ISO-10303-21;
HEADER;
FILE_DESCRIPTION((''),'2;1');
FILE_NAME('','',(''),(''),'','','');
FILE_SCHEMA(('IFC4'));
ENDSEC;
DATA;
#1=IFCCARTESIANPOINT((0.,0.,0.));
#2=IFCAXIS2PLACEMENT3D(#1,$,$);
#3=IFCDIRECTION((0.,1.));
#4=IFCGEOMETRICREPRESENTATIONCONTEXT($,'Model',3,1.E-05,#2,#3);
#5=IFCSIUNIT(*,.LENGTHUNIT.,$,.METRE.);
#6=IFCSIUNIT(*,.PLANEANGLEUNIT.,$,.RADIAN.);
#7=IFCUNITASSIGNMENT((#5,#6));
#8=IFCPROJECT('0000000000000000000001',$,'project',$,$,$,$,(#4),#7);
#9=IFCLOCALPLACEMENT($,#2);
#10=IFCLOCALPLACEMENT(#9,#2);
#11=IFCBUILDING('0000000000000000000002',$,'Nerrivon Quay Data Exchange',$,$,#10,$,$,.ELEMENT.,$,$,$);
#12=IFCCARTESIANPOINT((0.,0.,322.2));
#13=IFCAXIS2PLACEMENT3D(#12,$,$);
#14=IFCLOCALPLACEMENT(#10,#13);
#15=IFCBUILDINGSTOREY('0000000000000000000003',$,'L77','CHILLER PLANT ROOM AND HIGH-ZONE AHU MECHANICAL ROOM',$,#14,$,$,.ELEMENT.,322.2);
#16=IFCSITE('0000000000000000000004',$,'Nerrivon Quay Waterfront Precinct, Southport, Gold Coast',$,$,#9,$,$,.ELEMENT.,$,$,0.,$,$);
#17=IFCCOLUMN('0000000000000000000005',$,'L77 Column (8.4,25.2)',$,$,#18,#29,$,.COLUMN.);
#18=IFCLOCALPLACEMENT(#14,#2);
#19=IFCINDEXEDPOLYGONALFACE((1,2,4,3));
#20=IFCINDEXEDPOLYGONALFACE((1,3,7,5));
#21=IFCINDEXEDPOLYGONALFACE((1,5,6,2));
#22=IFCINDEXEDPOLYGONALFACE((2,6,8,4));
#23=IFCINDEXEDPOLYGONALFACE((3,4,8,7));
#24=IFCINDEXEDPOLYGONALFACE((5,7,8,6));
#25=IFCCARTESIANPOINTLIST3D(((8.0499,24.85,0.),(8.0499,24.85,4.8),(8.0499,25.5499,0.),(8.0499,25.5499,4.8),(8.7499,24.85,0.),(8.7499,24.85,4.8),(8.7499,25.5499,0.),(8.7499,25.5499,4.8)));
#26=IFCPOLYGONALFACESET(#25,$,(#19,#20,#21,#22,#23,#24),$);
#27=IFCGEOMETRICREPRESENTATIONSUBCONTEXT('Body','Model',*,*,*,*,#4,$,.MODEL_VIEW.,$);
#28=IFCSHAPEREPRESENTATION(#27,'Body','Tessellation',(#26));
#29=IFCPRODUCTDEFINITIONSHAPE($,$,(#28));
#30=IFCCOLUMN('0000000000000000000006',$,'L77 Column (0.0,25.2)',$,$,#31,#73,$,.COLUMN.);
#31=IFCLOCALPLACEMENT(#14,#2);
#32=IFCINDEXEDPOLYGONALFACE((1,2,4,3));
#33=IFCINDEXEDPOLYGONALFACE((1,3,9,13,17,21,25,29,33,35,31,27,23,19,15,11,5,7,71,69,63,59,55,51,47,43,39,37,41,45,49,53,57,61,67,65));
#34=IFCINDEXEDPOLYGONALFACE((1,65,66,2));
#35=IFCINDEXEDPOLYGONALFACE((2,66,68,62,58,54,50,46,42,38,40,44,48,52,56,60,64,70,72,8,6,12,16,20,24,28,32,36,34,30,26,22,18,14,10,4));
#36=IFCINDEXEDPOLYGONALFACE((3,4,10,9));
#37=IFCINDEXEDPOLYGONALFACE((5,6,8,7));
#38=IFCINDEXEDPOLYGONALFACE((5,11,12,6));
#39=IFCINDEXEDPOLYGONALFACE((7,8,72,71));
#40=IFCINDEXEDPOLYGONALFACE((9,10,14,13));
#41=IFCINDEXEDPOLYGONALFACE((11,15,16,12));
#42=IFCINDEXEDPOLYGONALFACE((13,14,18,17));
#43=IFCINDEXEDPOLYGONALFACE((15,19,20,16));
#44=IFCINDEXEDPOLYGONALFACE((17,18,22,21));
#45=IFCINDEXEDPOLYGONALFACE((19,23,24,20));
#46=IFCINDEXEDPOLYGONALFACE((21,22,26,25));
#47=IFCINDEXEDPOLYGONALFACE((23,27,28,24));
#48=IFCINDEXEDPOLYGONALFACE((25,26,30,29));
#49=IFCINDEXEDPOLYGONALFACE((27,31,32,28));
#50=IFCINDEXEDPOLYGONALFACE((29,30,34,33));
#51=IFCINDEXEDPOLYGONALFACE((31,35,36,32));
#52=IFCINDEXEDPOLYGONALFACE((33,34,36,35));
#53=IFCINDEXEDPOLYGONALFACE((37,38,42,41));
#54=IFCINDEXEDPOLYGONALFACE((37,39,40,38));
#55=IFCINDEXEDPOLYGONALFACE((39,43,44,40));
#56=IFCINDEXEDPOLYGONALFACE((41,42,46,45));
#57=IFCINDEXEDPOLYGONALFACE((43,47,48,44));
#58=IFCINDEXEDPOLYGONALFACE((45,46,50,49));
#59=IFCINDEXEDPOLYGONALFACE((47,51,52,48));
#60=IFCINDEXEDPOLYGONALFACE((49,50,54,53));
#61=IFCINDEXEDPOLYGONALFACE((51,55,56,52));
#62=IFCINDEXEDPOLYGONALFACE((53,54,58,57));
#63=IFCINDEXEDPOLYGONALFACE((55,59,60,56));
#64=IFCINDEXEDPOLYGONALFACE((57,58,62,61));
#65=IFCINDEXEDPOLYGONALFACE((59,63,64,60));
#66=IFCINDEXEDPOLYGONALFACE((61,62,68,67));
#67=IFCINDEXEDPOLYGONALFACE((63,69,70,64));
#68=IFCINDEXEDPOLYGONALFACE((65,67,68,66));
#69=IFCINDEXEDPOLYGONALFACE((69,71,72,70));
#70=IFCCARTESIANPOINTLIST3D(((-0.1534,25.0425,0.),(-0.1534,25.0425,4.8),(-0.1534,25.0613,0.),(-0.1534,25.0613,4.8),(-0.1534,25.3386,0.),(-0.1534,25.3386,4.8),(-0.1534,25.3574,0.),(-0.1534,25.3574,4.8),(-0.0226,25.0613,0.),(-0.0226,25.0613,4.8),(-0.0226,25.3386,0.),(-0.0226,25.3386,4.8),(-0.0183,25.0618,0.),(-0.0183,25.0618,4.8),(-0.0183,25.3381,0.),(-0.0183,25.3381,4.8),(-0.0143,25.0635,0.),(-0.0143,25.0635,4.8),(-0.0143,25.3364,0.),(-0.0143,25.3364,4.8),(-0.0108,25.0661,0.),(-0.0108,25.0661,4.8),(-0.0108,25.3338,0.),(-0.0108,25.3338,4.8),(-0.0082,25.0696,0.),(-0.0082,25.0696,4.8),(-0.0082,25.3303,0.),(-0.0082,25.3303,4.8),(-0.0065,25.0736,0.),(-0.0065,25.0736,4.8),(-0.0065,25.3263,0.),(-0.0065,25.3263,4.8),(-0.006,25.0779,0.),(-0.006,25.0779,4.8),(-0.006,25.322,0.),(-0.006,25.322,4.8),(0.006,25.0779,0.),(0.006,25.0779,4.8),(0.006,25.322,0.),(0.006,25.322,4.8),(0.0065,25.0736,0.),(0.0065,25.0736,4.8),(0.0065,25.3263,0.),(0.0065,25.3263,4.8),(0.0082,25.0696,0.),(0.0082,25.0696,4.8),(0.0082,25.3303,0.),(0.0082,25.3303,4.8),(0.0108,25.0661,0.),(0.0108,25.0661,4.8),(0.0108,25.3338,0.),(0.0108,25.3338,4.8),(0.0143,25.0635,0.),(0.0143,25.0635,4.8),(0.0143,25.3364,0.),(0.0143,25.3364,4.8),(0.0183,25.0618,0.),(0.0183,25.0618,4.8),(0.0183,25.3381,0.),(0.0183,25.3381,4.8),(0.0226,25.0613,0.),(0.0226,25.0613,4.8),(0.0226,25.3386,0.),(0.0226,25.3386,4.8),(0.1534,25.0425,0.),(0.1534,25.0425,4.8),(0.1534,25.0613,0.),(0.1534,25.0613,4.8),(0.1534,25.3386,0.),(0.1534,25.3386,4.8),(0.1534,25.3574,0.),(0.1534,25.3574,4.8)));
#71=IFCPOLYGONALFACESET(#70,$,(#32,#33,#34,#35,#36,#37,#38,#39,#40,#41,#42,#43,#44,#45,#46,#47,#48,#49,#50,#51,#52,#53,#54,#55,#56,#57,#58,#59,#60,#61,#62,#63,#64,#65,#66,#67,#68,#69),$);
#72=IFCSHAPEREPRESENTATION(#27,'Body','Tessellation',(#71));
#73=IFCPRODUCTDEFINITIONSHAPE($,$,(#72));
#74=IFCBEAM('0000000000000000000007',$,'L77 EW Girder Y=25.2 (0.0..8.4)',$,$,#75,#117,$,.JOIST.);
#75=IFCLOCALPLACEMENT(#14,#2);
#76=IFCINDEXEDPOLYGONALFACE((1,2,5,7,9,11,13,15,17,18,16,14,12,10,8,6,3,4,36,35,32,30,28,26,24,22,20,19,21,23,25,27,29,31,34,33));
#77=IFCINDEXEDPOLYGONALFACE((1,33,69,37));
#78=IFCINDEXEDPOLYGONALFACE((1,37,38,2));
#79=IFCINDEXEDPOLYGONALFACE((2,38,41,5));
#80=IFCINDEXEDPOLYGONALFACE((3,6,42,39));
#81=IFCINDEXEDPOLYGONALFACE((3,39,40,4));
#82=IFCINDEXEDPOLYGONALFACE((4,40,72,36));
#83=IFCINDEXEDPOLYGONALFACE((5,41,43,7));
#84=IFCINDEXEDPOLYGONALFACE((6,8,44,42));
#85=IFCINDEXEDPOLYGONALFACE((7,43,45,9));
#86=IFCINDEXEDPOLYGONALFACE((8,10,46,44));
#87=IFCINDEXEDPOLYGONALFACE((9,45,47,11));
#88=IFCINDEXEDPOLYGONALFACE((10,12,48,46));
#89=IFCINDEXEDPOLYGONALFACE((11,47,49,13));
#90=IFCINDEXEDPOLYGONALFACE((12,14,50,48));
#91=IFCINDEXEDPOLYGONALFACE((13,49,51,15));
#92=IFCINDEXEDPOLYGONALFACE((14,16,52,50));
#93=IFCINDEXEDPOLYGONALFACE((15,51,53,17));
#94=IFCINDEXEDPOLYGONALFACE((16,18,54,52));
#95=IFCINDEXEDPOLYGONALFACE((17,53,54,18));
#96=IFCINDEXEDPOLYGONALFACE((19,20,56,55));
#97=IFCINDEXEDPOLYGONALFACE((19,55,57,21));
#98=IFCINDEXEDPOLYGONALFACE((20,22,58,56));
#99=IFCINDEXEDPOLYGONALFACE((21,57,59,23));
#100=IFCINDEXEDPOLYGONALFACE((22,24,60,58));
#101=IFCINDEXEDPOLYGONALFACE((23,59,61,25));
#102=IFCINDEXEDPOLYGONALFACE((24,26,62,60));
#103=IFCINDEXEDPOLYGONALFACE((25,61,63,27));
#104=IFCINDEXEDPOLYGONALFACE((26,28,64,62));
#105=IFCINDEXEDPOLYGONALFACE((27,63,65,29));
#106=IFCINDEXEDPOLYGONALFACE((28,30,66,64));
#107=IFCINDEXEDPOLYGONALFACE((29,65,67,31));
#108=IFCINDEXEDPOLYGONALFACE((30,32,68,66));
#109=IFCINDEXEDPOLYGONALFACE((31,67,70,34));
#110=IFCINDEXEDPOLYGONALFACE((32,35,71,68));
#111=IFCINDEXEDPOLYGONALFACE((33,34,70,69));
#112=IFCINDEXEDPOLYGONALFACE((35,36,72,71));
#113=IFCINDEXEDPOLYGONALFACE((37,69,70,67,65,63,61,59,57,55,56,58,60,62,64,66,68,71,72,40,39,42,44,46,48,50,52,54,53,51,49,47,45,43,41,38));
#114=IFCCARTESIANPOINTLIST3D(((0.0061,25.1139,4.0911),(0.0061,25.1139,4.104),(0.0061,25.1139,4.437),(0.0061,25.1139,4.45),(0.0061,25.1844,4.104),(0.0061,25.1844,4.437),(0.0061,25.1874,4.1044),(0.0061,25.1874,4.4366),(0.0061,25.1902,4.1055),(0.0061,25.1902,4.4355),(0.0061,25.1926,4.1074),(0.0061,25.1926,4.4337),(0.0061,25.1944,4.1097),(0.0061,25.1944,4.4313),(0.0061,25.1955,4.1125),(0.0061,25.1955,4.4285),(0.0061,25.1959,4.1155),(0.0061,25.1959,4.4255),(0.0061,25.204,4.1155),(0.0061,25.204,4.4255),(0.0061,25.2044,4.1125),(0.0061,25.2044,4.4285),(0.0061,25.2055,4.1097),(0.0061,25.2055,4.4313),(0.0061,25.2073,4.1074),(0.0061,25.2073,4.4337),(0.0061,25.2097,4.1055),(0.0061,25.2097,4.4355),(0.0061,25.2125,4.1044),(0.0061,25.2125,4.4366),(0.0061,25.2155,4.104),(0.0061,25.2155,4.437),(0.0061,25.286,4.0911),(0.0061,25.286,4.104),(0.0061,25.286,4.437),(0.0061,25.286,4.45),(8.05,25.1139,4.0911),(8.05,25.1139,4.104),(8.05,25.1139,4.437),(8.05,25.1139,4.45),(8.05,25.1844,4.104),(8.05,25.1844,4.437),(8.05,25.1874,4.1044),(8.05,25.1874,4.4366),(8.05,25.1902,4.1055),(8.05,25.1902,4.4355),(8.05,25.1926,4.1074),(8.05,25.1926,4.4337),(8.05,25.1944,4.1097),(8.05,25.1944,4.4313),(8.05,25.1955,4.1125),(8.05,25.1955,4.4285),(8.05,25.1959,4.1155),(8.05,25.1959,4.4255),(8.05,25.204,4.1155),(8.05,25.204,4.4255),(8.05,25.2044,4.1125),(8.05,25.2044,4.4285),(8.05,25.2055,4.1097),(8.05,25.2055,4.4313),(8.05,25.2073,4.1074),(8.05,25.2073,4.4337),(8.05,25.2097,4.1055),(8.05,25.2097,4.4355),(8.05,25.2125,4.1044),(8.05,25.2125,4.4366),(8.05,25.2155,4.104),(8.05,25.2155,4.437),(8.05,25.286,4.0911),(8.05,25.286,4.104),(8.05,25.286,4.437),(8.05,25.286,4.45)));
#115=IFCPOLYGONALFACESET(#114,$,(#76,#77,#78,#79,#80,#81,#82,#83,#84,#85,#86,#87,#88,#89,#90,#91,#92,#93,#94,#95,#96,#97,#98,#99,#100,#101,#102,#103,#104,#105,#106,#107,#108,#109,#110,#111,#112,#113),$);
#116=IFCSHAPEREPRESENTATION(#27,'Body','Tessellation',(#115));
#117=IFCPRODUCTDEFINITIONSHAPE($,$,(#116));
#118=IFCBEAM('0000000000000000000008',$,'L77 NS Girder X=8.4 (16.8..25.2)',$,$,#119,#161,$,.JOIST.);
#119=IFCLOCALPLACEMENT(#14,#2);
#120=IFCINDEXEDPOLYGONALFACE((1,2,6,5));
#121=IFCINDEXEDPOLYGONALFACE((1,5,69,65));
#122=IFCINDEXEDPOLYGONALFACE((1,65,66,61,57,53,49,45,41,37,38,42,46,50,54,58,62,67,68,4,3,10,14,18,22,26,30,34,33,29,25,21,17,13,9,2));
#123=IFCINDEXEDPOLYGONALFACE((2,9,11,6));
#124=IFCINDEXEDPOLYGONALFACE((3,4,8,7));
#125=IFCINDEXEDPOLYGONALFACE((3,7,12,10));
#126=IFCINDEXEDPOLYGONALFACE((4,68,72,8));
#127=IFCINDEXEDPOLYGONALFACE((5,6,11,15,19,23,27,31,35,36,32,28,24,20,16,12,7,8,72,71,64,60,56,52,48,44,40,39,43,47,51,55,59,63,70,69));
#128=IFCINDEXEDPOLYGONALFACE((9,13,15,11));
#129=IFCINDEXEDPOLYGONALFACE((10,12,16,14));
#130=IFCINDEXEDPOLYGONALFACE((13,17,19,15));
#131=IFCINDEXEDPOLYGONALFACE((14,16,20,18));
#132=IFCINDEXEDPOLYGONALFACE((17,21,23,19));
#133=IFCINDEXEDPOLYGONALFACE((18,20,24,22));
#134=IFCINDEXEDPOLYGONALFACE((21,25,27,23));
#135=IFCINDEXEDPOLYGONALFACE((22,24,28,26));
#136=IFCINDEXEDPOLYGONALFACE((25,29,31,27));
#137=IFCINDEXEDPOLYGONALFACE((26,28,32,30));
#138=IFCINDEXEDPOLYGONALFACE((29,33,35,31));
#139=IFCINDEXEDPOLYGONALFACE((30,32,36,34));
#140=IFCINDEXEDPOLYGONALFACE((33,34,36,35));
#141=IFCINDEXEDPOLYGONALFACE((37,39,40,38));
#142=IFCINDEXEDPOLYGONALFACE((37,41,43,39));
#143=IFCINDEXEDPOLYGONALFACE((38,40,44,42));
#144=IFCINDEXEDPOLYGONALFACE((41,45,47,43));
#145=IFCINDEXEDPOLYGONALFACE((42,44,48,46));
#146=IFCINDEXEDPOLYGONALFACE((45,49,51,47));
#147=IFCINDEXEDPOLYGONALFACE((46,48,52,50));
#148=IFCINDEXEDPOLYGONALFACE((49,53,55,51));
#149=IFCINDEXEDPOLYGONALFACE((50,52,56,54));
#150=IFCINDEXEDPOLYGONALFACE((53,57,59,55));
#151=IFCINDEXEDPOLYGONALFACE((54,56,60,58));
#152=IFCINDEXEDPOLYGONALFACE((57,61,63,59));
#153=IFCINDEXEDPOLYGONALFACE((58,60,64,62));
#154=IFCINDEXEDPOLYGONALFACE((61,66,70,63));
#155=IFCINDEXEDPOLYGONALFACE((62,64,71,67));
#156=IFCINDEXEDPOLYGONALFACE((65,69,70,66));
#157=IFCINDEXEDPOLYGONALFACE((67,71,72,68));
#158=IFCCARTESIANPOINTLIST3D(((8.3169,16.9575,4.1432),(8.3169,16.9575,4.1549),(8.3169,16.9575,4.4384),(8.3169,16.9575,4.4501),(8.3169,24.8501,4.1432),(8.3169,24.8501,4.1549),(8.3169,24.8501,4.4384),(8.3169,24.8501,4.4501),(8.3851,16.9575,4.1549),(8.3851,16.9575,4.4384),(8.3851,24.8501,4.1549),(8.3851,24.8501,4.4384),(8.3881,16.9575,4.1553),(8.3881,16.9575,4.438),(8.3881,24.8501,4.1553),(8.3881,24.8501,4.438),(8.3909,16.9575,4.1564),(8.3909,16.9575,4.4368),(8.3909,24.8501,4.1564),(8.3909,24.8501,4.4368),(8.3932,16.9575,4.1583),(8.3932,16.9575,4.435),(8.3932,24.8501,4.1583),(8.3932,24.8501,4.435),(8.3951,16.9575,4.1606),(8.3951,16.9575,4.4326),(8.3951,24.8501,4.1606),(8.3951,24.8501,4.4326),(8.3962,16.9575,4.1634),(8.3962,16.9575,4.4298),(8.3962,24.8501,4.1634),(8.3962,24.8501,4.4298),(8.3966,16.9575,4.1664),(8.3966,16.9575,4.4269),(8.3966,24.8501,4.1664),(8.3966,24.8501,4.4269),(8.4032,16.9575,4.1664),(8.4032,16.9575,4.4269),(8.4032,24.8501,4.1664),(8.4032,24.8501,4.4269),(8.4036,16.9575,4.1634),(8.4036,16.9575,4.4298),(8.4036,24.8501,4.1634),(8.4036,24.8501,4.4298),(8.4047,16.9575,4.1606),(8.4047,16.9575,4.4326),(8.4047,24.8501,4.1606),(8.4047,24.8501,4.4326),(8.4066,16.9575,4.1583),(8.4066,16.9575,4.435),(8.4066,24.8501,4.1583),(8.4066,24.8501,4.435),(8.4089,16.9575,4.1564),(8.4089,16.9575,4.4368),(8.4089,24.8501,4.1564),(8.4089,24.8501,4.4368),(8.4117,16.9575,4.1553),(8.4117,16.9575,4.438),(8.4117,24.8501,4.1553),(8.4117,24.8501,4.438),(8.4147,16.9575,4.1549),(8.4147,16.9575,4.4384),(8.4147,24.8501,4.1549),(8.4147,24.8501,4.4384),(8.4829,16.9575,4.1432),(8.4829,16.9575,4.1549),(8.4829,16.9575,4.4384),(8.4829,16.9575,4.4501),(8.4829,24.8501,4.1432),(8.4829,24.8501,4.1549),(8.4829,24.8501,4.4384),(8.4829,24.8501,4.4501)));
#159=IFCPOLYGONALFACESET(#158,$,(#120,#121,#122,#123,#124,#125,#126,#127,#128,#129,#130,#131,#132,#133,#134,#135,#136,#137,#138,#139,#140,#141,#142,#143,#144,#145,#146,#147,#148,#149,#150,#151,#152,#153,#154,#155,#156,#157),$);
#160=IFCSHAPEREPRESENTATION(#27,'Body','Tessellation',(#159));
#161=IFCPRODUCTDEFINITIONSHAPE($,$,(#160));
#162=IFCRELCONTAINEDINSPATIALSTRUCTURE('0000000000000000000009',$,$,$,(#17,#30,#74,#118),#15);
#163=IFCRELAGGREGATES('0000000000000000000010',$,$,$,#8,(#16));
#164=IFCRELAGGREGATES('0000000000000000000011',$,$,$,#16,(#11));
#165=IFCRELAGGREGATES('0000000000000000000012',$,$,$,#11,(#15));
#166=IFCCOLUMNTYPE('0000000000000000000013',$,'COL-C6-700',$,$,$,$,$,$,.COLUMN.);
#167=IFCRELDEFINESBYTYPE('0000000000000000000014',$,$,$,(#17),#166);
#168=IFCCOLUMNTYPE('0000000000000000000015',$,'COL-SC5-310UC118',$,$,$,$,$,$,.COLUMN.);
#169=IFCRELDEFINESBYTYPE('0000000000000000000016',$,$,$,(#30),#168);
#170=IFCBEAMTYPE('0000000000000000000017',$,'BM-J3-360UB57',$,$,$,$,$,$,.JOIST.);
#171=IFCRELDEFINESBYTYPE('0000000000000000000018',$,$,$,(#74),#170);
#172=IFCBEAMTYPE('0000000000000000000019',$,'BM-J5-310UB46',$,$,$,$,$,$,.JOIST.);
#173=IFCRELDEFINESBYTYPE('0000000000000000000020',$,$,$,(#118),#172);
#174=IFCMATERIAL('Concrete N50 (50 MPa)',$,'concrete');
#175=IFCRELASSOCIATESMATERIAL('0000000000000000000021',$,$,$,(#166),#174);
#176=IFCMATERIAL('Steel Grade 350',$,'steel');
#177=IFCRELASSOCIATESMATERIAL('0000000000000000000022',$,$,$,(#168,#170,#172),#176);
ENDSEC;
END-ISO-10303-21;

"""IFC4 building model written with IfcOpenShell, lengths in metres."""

from ifc_helpers import new_model, si_unit, direction, frame, origin, origin_2d, place, context, subcontext, project, spatial, rectangle, i_section, extrude, material, material_profile, profile_set, type_object, element, save


model = new_model("IFC4")

# Units and contexts
model_context = context("Model", 3, precision=1e-05, world=origin(), true_north=direction((0.0, 1.0)))
body_context = subcontext(model_context, "Body", "Model", "MODEL_VIEW")
ifc_project = project(units=[si_unit("LENGTHUNIT", "METRE"), si_unit("PLANEANGLEUNIT", "RADIAN")], contexts=[model_context])

# Site, building, storey
site_placement = place(None, origin())
site = spatial("IfcSite", under=ifc_project, at=site_placement, Name="Nerrivon Quay Waterfront Precinct, Southport, Gold Coast", CompositionType="ELEMENT", RefElevation=0.0)
building_placement = place(site_placement, origin())
building = spatial("IfcBuilding", under=site, at=building_placement, Name="Nerrivon Quay Data Exchange", CompositionType="ELEMENT")
storey_placement = place(building_placement, frame((0.0, 0.0, 322.2)))
storey = spatial("IfcBuildingStorey", under=building, at=storey_placement, Name="L77", Description="CHILLER PLANT ROOM AND HIGH-ZONE AHU MECHANICAL ROOM", CompositionType="ELEMENT", Elevation=322.2)

# Columns
ifc_material_1 = material(Name="Concrete N50 (50 MPa)", Category="concrete")
ifc_material_profile_1 = material_profile(ifc_material_1, rectangle(XDim=0.7, YDim=0.7, at=origin_2d()), Name="RC-COL-700x700")
ifc_profile_set_1 = profile_set([ifc_material_profile_1], Name="Concrete N50 (50 MPa)")
column_type_1 = type_object("IfcColumnType", Name="COL-C6-700", PredefinedType="COLUMN", material=ifc_profile_set_1)
column_1_placement = place(storey_placement, frame((8.3999, 25.2, 0.0), z_axis=(0.0, 0.0, 1.0), x_axis=(1.0, 0.0, 0.0)))
element("IfcColumn", 1, at=column_1_placement, inside=storey, type_object=column_type_1, Name="L77 Column (8.4,25.2)", PredefinedType="COLUMN", context=body_context, shape_type="SweptSolid", body=[
    extrude(rectangle(XDim=0.7, YDim=0.7, at=origin_2d()), origin(), (0.0, 0.0, 1.0), 4.8),
])
ifc_material_2 = material(Name="Steel Grade 350", Category="steel")
ifc_material_profile_2 = material_profile(ifc_material_2, i_section(OverallWidth=0.3069, OverallDepth=0.3149, WebThickness=0.012, FlangeThickness=0.0188, FilletRadius=0.0166, at=origin_2d()), Name="310UC118")
ifc_profile_set_2 = profile_set([ifc_material_profile_2], Name="Steel Grade 350")
column_type_2 = type_object("IfcColumnType", Name="COL-SC5-310UC118", PredefinedType="COLUMN", material=ifc_profile_set_2)
column_2_placement = place(storey_placement, frame((0.0, 25.2, 0.0), z_axis=(0.0, 0.0, 1.0), x_axis=(1.0, 0.0, 0.0)))
element("IfcColumn", 2, at=column_2_placement, inside=storey, type_object=column_type_2, Name="L77 Column (0.0,25.2)", PredefinedType="COLUMN", context=body_context, shape_type="SweptSolid", body=[
    extrude(i_section(OverallWidth=0.3069, OverallDepth=0.3149, WebThickness=0.012, FlangeThickness=0.0188, FilletRadius=0.0166, at=origin_2d()), origin(), (0.0, 0.0, 1.0), 4.8),
])

# Beams
ifc_material_profile_3 = material_profile(ifc_material_2, i_section(OverallWidth=0.1721, OverallDepth=0.3589, WebThickness=0.0081, FlangeThickness=0.0129, FilletRadius=0.0115, at=origin_2d()), Name="360UB56.7")
ifc_profile_set_3 = profile_set([ifc_material_profile_3], Name="Steel Grade 350")
beam_type_1 = type_object("IfcBeamType", Name="BM-J3-360UB57", PredefinedType="JOIST", material=ifc_profile_set_3)
beam_1_placement = place(storey_placement, frame((0.0061, 25.2, 4.2705), z_axis=(1.0, 0.0, 0.0), x_axis=(0.0, 1.0, 0.0)))
element("IfcBeam", 3, at=beam_1_placement, inside=storey, type_object=beam_type_1, Name="L77 EW Girder Y=25.2 (0.0..8.4)", PredefinedType="JOIST", context=body_context, shape_type="SweptSolid", body=[
    extrude(i_section(OverallWidth=0.1721, OverallDepth=0.3589, WebThickness=0.0081, FlangeThickness=0.0129, FilletRadius=0.0115, at=origin_2d()), origin(), (0.0, 0.0, 1.0), 8.0439),
])
ifc_material_profile_4 = material_profile(ifc_material_2, i_section(OverallWidth=0.166, OverallDepth=0.3069, WebThickness=0.0066, FlangeThickness=0.0117, FilletRadius=0.0115, at=origin_2d()), Name="310UB46.2")
ifc_profile_set_4 = profile_set([ifc_material_profile_4], Name="Steel Grade 350")
beam_type_2 = type_object("IfcBeamType", Name="BM-J5-310UB46", PredefinedType="JOIST", material=ifc_profile_set_4)
beam_2_placement = place(storey_placement, frame((8.3999, 16.9575, 4.2966), z_axis=(0.0, 1.0, 0.0), x_axis=(-1.0, 0.0, 0.0)))
element("IfcBeam", 4, at=beam_2_placement, inside=storey, type_object=beam_type_2, Name="L77 NS Girder X=8.4 (16.8..25.2)", PredefinedType="JOIST", context=body_context, shape_type="SweptSolid", body=[
    extrude(i_section(OverallWidth=0.166, OverallDepth=0.3069, WebThickness=0.0066, FlangeThickness=0.0117, FilletRadius=0.0115, at=origin_2d()), origin(), (0.0, 0.0, 1.0), 7.8926),
])

save(model, "model.ifc")
